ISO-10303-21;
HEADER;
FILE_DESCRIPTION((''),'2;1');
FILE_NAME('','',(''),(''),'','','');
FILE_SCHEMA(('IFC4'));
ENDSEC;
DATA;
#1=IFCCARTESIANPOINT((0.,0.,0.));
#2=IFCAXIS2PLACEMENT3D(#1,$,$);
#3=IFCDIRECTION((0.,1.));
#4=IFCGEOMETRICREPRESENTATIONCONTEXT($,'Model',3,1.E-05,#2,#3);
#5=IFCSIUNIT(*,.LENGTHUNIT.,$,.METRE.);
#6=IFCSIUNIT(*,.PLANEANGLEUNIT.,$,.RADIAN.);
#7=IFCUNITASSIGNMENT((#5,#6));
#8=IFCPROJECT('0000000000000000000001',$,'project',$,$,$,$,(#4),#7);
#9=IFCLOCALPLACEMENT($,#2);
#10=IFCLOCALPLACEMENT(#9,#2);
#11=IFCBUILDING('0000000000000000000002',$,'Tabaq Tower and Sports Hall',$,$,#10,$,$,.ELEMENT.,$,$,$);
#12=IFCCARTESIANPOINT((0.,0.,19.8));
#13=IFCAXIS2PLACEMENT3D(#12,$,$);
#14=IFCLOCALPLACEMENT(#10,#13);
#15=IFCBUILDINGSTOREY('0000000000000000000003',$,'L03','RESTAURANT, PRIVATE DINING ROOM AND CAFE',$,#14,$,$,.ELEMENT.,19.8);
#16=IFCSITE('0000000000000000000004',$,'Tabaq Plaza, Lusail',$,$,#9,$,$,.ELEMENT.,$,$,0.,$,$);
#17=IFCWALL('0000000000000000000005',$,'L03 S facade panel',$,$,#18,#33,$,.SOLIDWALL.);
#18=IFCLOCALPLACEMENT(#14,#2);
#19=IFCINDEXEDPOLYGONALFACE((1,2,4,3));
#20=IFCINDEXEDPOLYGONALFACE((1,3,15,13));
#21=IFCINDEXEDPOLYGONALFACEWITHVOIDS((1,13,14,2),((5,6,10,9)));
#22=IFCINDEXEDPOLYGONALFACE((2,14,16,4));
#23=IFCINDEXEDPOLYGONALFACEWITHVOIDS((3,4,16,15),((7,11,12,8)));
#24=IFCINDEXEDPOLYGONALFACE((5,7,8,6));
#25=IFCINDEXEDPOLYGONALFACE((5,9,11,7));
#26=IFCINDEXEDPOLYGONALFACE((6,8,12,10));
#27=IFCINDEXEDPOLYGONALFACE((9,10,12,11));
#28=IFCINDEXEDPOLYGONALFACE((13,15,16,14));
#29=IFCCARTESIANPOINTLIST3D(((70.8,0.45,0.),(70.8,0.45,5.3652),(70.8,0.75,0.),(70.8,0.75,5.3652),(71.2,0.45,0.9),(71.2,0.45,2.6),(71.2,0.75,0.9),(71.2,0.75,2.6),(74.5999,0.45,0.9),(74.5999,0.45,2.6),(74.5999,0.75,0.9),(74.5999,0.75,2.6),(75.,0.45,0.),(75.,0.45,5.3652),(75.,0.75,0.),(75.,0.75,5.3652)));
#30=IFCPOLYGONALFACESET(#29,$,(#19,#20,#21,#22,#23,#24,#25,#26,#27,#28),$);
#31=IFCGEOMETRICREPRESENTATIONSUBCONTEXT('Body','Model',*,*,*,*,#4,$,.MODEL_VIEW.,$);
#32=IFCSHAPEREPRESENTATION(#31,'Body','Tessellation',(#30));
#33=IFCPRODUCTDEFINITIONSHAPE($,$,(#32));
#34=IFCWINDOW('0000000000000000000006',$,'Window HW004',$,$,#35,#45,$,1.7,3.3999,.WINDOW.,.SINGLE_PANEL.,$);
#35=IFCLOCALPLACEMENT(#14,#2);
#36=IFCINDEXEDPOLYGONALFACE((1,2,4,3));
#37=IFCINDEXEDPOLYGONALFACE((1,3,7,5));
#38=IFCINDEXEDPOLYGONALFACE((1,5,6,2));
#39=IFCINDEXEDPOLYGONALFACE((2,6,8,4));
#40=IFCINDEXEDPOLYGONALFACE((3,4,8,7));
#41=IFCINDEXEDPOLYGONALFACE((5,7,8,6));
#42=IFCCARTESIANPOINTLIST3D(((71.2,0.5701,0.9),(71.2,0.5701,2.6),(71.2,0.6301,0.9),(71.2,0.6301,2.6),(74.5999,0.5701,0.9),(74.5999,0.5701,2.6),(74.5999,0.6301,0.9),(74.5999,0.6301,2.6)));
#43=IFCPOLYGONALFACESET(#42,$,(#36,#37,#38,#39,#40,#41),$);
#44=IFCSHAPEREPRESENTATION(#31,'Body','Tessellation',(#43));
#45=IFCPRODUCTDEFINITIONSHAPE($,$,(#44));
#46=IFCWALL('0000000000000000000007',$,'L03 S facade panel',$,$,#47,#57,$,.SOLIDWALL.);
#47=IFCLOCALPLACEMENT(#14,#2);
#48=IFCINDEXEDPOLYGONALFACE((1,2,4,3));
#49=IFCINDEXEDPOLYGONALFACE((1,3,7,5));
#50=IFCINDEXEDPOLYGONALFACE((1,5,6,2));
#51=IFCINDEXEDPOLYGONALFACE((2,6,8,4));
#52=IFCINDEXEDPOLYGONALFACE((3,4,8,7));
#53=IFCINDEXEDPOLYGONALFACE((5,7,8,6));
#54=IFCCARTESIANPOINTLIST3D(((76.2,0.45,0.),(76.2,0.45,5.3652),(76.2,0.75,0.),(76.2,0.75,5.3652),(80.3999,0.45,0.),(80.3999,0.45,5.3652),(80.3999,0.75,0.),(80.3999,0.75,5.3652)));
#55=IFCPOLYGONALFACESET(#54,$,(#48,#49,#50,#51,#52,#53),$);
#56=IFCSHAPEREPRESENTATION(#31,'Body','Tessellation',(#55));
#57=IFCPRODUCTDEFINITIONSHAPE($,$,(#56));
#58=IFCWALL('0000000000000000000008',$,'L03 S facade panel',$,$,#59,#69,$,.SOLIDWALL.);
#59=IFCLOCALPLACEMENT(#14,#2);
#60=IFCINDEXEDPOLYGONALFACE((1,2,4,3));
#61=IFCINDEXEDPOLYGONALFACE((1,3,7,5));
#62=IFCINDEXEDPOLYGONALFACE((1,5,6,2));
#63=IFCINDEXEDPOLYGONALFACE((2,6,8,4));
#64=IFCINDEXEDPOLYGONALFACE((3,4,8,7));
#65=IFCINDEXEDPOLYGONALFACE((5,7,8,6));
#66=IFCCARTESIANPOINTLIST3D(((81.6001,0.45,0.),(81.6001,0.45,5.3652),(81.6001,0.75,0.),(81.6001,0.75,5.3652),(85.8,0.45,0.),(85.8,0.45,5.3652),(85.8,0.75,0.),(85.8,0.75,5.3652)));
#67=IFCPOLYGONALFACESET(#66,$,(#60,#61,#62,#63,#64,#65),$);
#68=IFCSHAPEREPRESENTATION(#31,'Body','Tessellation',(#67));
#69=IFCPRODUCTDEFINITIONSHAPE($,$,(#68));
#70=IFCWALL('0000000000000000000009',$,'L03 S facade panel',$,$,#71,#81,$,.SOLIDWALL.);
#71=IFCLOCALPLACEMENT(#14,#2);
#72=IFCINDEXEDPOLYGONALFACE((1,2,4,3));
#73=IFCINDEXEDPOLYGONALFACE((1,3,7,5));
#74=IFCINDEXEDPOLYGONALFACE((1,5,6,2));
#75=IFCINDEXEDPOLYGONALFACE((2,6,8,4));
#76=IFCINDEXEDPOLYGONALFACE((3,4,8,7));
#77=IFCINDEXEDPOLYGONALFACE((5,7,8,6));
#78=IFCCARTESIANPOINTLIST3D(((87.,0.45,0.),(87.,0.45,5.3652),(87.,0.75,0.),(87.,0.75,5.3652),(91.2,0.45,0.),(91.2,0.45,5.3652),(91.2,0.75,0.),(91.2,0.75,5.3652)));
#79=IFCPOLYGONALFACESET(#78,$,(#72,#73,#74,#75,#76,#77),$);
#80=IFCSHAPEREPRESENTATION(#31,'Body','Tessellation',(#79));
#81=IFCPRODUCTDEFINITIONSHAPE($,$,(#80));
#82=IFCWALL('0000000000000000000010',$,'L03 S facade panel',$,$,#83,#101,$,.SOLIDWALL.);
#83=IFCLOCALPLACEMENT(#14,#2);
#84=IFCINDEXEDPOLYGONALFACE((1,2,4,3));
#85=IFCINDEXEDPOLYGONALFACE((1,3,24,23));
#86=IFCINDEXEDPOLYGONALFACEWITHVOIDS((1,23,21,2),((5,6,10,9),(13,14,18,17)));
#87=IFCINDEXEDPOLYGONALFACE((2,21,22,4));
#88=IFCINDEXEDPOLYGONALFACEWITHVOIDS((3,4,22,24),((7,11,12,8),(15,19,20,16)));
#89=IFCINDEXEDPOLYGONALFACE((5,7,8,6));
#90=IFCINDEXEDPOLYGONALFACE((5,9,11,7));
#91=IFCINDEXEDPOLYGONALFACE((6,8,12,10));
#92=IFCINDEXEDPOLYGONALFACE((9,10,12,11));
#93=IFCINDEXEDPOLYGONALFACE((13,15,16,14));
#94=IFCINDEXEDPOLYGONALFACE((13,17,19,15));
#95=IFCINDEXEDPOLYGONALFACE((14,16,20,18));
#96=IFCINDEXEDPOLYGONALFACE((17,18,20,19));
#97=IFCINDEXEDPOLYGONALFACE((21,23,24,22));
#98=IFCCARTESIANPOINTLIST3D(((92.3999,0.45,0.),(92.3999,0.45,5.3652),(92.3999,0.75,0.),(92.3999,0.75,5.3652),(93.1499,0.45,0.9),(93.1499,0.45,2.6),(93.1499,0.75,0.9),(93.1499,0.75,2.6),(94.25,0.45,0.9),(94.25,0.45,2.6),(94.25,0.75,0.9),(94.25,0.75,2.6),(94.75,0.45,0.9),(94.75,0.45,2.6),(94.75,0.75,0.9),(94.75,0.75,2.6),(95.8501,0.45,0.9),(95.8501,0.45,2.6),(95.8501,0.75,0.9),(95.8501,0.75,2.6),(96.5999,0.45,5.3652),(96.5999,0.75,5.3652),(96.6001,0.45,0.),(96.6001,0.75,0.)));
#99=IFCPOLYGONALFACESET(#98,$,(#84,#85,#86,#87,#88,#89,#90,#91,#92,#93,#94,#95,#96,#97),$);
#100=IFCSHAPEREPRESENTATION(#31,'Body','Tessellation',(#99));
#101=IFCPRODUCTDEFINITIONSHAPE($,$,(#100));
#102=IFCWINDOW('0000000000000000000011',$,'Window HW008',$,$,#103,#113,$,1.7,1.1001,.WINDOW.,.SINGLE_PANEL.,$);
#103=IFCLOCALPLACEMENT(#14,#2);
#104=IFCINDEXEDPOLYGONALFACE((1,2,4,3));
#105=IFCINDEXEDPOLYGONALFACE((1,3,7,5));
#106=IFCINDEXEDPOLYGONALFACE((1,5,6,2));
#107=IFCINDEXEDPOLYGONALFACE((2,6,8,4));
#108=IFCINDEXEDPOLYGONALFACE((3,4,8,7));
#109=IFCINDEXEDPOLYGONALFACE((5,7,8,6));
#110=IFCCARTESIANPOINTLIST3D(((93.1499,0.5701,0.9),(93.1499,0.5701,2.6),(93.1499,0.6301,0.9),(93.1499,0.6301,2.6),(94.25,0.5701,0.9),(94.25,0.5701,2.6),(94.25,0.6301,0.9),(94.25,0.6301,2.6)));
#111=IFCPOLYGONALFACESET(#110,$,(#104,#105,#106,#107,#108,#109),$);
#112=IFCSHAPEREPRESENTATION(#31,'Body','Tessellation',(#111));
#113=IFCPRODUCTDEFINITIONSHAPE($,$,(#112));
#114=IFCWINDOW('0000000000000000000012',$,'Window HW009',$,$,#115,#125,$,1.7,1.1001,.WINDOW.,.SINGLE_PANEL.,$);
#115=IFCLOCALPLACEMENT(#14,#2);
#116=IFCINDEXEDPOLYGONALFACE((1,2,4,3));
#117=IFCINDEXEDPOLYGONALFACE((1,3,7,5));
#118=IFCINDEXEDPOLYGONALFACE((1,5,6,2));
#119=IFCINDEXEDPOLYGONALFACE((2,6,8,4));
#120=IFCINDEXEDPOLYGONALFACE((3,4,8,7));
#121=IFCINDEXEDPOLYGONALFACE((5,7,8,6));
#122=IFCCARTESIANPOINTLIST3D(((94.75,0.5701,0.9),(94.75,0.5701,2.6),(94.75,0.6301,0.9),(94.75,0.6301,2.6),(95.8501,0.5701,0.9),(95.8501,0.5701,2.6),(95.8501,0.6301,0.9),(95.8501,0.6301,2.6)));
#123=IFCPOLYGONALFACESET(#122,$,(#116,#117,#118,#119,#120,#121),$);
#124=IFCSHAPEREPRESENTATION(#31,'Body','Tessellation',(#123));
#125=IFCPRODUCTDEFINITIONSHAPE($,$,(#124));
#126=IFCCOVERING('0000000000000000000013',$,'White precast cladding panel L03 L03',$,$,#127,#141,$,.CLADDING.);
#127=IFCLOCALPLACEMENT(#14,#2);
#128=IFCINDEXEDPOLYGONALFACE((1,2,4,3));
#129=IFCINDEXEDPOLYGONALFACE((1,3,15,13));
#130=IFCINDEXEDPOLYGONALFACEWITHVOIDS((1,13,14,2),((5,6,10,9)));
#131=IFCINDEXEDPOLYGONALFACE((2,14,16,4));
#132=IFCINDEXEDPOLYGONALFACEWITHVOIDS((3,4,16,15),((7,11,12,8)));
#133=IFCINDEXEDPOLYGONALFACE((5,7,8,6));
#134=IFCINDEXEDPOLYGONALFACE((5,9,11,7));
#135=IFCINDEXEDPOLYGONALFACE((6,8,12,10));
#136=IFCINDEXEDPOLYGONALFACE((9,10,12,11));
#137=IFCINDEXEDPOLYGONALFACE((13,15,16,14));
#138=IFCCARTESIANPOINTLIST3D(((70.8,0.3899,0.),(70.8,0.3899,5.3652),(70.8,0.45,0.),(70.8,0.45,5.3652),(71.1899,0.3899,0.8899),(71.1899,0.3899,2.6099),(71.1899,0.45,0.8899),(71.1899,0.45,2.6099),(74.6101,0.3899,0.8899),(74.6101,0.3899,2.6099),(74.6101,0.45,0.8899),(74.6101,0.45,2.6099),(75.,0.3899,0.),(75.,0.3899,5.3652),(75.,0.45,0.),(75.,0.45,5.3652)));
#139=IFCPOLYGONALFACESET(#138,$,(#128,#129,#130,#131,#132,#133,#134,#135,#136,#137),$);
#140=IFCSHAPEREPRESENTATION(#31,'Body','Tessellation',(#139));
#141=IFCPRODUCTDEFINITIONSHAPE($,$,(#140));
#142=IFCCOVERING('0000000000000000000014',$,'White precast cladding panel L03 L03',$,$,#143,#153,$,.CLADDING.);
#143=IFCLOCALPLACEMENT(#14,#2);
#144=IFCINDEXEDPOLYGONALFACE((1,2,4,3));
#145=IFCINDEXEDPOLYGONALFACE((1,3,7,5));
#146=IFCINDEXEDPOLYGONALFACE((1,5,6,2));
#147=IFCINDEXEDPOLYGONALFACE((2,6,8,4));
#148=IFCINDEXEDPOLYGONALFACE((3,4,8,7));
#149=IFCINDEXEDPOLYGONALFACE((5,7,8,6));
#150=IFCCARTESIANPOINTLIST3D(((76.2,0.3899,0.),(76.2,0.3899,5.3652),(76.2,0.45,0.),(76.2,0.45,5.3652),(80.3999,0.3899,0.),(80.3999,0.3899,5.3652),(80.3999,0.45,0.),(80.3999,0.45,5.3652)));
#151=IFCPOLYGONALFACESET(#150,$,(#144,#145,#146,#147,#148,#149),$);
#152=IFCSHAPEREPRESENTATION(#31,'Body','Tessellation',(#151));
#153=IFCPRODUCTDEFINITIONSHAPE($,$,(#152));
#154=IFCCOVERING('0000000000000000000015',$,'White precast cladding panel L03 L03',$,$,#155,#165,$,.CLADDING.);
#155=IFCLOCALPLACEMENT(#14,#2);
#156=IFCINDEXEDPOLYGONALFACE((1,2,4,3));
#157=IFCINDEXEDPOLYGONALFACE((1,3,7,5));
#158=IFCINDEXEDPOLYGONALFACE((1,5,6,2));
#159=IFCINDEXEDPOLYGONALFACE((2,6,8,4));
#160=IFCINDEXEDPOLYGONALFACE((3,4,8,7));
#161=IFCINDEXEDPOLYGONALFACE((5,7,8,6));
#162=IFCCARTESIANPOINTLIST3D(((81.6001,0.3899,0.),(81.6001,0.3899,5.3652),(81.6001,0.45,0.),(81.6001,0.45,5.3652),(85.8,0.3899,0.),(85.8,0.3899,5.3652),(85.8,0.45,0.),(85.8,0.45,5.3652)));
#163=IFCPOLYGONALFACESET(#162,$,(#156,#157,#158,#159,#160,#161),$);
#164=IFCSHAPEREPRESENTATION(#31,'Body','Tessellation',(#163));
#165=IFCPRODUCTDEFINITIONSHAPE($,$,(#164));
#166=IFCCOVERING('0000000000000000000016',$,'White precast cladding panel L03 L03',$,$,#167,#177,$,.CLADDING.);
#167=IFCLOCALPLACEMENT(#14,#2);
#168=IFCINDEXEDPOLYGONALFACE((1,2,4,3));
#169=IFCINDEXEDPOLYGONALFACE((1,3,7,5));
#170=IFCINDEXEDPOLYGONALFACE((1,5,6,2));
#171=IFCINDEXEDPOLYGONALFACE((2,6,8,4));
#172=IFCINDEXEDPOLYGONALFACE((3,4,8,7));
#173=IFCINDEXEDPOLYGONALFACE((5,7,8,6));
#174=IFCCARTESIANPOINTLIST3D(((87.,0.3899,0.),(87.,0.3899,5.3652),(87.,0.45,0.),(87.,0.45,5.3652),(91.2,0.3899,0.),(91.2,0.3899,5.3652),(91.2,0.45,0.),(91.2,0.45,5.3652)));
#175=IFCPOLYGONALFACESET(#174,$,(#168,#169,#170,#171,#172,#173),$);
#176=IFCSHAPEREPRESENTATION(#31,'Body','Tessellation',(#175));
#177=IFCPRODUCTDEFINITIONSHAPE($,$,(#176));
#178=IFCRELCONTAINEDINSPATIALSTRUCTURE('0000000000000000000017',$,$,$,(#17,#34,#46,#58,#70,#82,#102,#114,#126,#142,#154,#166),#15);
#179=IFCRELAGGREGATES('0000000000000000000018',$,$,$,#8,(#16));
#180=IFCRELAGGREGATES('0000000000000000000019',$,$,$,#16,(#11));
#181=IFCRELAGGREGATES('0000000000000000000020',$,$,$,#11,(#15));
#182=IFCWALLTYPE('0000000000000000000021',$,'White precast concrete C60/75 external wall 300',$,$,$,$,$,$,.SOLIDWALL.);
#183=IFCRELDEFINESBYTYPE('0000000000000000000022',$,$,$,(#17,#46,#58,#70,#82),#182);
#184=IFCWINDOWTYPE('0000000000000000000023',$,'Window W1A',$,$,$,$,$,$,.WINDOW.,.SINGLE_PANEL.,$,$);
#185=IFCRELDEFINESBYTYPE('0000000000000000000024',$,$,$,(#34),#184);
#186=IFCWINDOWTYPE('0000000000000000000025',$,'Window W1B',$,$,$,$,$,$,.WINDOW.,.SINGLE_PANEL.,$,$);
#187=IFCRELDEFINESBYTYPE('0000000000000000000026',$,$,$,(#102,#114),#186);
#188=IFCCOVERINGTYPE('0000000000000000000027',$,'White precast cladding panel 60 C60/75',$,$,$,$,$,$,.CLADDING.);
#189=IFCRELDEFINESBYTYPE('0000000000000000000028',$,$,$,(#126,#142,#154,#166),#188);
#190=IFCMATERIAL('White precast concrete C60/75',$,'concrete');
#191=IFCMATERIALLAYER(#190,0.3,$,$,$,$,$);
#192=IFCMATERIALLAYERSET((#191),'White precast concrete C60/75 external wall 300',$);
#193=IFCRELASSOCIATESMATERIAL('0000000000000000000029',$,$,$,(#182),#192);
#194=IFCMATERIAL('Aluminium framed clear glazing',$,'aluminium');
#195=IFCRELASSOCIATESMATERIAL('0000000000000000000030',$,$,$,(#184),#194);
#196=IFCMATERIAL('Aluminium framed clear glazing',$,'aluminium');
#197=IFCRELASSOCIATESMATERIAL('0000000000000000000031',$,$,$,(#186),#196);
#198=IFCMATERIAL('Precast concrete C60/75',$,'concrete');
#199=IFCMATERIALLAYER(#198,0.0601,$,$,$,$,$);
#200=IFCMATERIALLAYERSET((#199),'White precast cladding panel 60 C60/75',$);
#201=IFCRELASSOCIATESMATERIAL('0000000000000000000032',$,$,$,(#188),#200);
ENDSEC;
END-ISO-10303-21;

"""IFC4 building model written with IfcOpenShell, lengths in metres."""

from ifc_helpers import new_model, si_unit, direction, frame, frame_2d, origin, place, context, subcontext, project, spatial, polyline, rectangle, outline, extrude, material, layer, layer_set, type_object, element, fill, save


model = new_model("IFC4")

# Units and contexts
model_context = context("Model", 3, precision=1e-05, world=origin(), true_north=direction((0.0, 1.0)))
body_context = subcontext(model_context, "Body", "Model", "MODEL_VIEW")
ifc_project = project(units=[si_unit("LENGTHUNIT", "METRE"), si_unit("PLANEANGLEUNIT", "RADIAN")], contexts=[model_context])

# Site, building, storey
site_placement = place(None, origin())
site = spatial("IfcSite", under=ifc_project, at=site_placement, Name="Tabaq Plaza, Lusail", CompositionType="ELEMENT", RefElevation=0.0)
building_placement = place(site_placement, origin())
building = spatial("IfcBuilding", under=site, at=building_placement, Name="Tabaq Tower and Sports Hall", CompositionType="ELEMENT")
storey_placement = place(building_placement, frame((0.0, 0.0, 19.8)))
storey = spatial("IfcBuildingStorey", under=building, at=storey_placement, Name="L03", Description="RESTAURANT, PRIVATE DINING ROOM AND CAFE", CompositionType="ELEMENT", Elevation=19.8)

# Wall, opening, window
ifc_material_1 = material(Name="White precast concrete C60/75", Category="concrete")
ifc_layer_1 = layer(ifc_material_1, 0.3)
ifc_layer_set_1 = layer_set([ifc_layer_1], Name="White precast concrete C60/75 external wall 300")
wall_type_1 = type_object("IfcWallType", Name="White precast concrete C60/75 external wall 300", PredefinedType="SOLIDWALL", material=ifc_layer_set_1)
wall_1_placement = place(storey_placement, frame((70.8, 0.6001, 0.0), z_axis=(0.0, 0.0, 1.0), x_axis=(1.0, 0.0, 0.0)))
wall_1 = element("IfcWall", 1, at=wall_1_placement, inside=storey, type_object=wall_type_1, Name="L03 S facade panel", PredefinedType="SOLIDWALL", context=body_context, shape_type="SweptSolid", body=[
    extrude(outline(polyline([(0.0, 0.0), (4.2, 0.0), (4.2, 5.3652), (0.0, 5.3652), (0.0, 0.0)])), frame((0.0, 0.1499, 0.0), z_axis=(0.0, -1.0, 0.0), x_axis=(1.0, 0.0, 0.0)), (0.0, 0.0, 1.0), 0.3),
])
opening_1_placement = place(wall_1_placement, frame((0.3999, 0.0, 0.8999)))
opening_1 = element("IfcOpeningElement", 2, at=opening_1_placement, cuts=wall_1, PredefinedType="OPENING", context=body_context, shape_type="SweptSolid", body=[
    extrude(rectangle(XDim=3.3999, YDim=1.7, at=frame_2d((1.7, 0.8501))), frame((0.0, 0.1499, 0.0), z_axis=(0.0, -1.0, 0.0), x_axis=(1.0, 0.0, 0.0)), (0.0, 0.0, 1.0), 0.3),
])
ifc_material_2 = material(Name="Aluminium framed clear glazing", Category="aluminium")
window_type_1 = type_object("IfcWindowType", Name="Window W1A", PartitioningType="SINGLE_PANEL", PredefinedType="WINDOW", material=ifc_material_2)
window_1_placement = place(opening_1_placement, origin())
window_1 = element("IfcWindow", 3, at=window_1_placement, inside=storey, type_object=window_type_1, Name="Window HW004", OverallHeight=1.7, OverallWidth=3.3999, PartitioningType="SINGLE_PANEL", PredefinedType="WINDOW", context=body_context, shape_type="SweptSolid", body=[
    extrude(rectangle(XDim=3.3999, YDim=1.7, at=frame_2d((1.7, 0.8501))), frame((0.0, 0.03, 0.0), z_axis=(0.0, -1.0, 0.0), x_axis=(1.0, 0.0, 0.0)), (0.0, 0.0, 1.0), 0.0601),
])
fill(opening_1, window_1)

# Walls
for number, where, z_axis, x_axis, name in (
    (4, (76.2, 0.6001, 0.0), (0.0, 0.0, 1.0), (1.0, 0.0, 0.0), "L03 S facade panel"),
    (5, (81.6001, 0.6001, 0.0), (0.0, 0.0, 1.0), (1.0, 0.0, 0.0), "L03 S facade panel"),
    (6, (87.0, 0.6001, 0.0), (0.0, 0.0, 1.0), (1.0, 0.0, 0.0), "L03 S facade panel"),
):
    element("IfcWall", number, at=place(storey_placement, frame(where, z_axis=z_axis, x_axis=x_axis)), inside=storey, type_object=wall_type_1, Name=name, PredefinedType="SOLIDWALL", context=body_context, shape_type="SweptSolid", body=[
        extrude(outline(polyline([(0.0, 0.0), (4.2, 0.0), (4.2, 5.3652), (0.0, 5.3652), (0.0, 0.0)])), frame((0.0, 0.1499, 0.0), z_axis=(0.0, -1.0, 0.0), x_axis=(1.0, 0.0, 0.0)), (0.0, 0.0, 1.0), 0.3),
    ])

# Wall, openings, windows
wall_2_placement = place(storey_placement, frame((92.3999, 0.6001, 0.0), z_axis=(0.0, 0.0, 1.0), x_axis=(1.0, 0.0, 0.0)))
wall_2 = element("IfcWall", 7, at=wall_2_placement, inside=storey, type_object=wall_type_1, Name="L03 S facade panel", PredefinedType="SOLIDWALL", context=body_context, shape_type="SweptSolid", body=[
    extrude(outline(polyline([(0.0, 0.0), (4.2002, 0.0), (4.2, 5.3652), (0.0, 5.3652), (0.0, 0.0)])), frame((0.0, 0.1499, 0.0), z_axis=(0.0, -1.0, 0.0), x_axis=(1.0, 0.0, 0.0)), (0.0, 0.0, 1.0), 0.3),
])
opening_2_placement = place(wall_2_placement, frame((0.75, 0.0, 0.8999)))
opening_2 = element("IfcOpeningElement", 8, at=opening_2_placement, cuts=wall_2, PredefinedType="OPENING", context=body_context, shape_type="SweptSolid", body=[
    extrude(rectangle(XDim=1.1001, YDim=1.7, at=frame_2d((0.55, 0.8501))), frame((0.0, 0.1499, 0.0), z_axis=(0.0, -1.0, 0.0), x_axis=(1.0, 0.0, 0.0)), (0.0, 0.0, 1.0), 0.3),
])
opening_3_placement = place(wall_2_placement, frame((2.3501, 0.0, 0.8999)))
opening_3 = element("IfcOpeningElement", 9, at=opening_3_placement, cuts=wall_2, PredefinedType="OPENING", context=body_context, shape_type="SweptSolid", body=[
    extrude(rectangle(XDim=1.1001, YDim=1.7, at=frame_2d((0.55, 0.8501))), frame((0.0, 0.1499, 0.0), z_axis=(0.0, -1.0, 0.0), x_axis=(1.0, 0.0, 0.0)), (0.0, 0.0, 1.0), 0.3),
])
ifc_material_3 = material(Name="Aluminium framed clear glazing", Category="aluminium")
window_type_2 = type_object("IfcWindowType", Name="Window W1B", PartitioningType="SINGLE_PANEL", PredefinedType="WINDOW", material=ifc_material_3)
window_2_placement = place(opening_2_placement, origin())
window_2 = element("IfcWindow", 10, at=window_2_placement, inside=storey, type_object=window_type_2, Name="Window HW008", OverallHeight=1.7, OverallWidth=1.1001, PartitioningType="SINGLE_PANEL", PredefinedType="WINDOW", context=body_context, shape_type="SweptSolid", body=[
    extrude(rectangle(XDim=1.1001, YDim=1.7, at=frame_2d((0.55, 0.8501))), frame((0.0, 0.03, 0.0), z_axis=(0.0, -1.0, 0.0), x_axis=(1.0, 0.0, 0.0)), (0.0, 0.0, 1.0), 0.0601),
])
fill(opening_2, window_2)
window_3_placement = place(opening_3_placement, origin())
window_3 = element("IfcWindow", 11, at=window_3_placement, inside=storey, type_object=window_type_2, Name="Window HW009", OverallHeight=1.7, OverallWidth=1.1001, PartitioningType="SINGLE_PANEL", PredefinedType="WINDOW", context=body_context, shape_type="SweptSolid", body=[
    extrude(rectangle(XDim=1.1001, YDim=1.7, at=frame_2d((0.55, 0.8501))), frame((0.0, 0.03, 0.0), z_axis=(0.0, -1.0, 0.0), x_axis=(1.0, 0.0, 0.0)), (0.0, 0.0, 1.0), 0.0601),
])
fill(opening_3, window_3)

# Coverings
ifc_material_4 = material(Name="Precast concrete C60/75", Category="concrete")
ifc_layer_2 = layer(ifc_material_4, 0.0601)
ifc_layer_set_2 = layer_set([ifc_layer_2], Name="White precast cladding panel 60 C60/75")
covering_type = type_object("IfcCoveringType", Name="White precast cladding panel 60 C60/75", PredefinedType="CLADDING", material=ifc_layer_set_2)
covering_1_placement = place(storey_placement, frame((70.8, 0.4199, 0.0), z_axis=(0.0, 0.0, 1.0), x_axis=(1.0, 0.0, 0.0)))
element("IfcCovering", 12, at=covering_1_placement, inside=storey, type_object=covering_type, Name="White precast cladding panel L03 L03", PredefinedType="CLADDING", context=body_context, shape_type="SweptSolid", body=[
    extrude(outline(polyline([(0.0, 0.0), (4.2, 0.0), (4.2, 5.3652), (0.0, 5.3652), (0.0, 0.0)]), holes=[polyline([(0.3899, 0.8899), (0.3899, 2.6099), (3.8101, 2.6099), (3.8101, 0.8899), (0.3899, 0.8899)])]), frame((0.0, 0.03, 0.0), z_axis=(0.0, -1.0, 0.0), x_axis=(1.0, 0.0, 0.0)), (0.0, 0.0, 1.0), 0.0601),
])
for number, where, z_axis, x_axis, name in (
    (13, (76.2, 0.4199, 0.0), (0.0, 0.0, 1.0), (1.0, 0.0, 0.0), "White precast cladding panel L03 L03"),
    (14, (81.6001, 0.4199, 0.0), (0.0, 0.0, 1.0), (1.0, 0.0, 0.0), "White precast cladding panel L03 L03"),
    (15, (87.0, 0.4199, 0.0), (0.0, 0.0, 1.0), (1.0, 0.0, 0.0), "White precast cladding panel L03 L03"),
):
    element("IfcCovering", number, at=place(storey_placement, frame(where, z_axis=z_axis, x_axis=x_axis)), inside=storey, type_object=covering_type, Name=name, PredefinedType="CLADDING", context=body_context, shape_type="SweptSolid", body=[
        extrude(outline(polyline([(0.0, 0.0), (4.2, 0.0), (4.2, 5.3652), (0.0, 5.3652), (0.0, 0.0)])), frame((0.0, 0.03, 0.0), z_axis=(0.0, -1.0, 0.0), x_axis=(1.0, 0.0, 0.0)), (0.0, 0.0, 1.0), 0.0601),
    ])

save(model, "model.ifc")
